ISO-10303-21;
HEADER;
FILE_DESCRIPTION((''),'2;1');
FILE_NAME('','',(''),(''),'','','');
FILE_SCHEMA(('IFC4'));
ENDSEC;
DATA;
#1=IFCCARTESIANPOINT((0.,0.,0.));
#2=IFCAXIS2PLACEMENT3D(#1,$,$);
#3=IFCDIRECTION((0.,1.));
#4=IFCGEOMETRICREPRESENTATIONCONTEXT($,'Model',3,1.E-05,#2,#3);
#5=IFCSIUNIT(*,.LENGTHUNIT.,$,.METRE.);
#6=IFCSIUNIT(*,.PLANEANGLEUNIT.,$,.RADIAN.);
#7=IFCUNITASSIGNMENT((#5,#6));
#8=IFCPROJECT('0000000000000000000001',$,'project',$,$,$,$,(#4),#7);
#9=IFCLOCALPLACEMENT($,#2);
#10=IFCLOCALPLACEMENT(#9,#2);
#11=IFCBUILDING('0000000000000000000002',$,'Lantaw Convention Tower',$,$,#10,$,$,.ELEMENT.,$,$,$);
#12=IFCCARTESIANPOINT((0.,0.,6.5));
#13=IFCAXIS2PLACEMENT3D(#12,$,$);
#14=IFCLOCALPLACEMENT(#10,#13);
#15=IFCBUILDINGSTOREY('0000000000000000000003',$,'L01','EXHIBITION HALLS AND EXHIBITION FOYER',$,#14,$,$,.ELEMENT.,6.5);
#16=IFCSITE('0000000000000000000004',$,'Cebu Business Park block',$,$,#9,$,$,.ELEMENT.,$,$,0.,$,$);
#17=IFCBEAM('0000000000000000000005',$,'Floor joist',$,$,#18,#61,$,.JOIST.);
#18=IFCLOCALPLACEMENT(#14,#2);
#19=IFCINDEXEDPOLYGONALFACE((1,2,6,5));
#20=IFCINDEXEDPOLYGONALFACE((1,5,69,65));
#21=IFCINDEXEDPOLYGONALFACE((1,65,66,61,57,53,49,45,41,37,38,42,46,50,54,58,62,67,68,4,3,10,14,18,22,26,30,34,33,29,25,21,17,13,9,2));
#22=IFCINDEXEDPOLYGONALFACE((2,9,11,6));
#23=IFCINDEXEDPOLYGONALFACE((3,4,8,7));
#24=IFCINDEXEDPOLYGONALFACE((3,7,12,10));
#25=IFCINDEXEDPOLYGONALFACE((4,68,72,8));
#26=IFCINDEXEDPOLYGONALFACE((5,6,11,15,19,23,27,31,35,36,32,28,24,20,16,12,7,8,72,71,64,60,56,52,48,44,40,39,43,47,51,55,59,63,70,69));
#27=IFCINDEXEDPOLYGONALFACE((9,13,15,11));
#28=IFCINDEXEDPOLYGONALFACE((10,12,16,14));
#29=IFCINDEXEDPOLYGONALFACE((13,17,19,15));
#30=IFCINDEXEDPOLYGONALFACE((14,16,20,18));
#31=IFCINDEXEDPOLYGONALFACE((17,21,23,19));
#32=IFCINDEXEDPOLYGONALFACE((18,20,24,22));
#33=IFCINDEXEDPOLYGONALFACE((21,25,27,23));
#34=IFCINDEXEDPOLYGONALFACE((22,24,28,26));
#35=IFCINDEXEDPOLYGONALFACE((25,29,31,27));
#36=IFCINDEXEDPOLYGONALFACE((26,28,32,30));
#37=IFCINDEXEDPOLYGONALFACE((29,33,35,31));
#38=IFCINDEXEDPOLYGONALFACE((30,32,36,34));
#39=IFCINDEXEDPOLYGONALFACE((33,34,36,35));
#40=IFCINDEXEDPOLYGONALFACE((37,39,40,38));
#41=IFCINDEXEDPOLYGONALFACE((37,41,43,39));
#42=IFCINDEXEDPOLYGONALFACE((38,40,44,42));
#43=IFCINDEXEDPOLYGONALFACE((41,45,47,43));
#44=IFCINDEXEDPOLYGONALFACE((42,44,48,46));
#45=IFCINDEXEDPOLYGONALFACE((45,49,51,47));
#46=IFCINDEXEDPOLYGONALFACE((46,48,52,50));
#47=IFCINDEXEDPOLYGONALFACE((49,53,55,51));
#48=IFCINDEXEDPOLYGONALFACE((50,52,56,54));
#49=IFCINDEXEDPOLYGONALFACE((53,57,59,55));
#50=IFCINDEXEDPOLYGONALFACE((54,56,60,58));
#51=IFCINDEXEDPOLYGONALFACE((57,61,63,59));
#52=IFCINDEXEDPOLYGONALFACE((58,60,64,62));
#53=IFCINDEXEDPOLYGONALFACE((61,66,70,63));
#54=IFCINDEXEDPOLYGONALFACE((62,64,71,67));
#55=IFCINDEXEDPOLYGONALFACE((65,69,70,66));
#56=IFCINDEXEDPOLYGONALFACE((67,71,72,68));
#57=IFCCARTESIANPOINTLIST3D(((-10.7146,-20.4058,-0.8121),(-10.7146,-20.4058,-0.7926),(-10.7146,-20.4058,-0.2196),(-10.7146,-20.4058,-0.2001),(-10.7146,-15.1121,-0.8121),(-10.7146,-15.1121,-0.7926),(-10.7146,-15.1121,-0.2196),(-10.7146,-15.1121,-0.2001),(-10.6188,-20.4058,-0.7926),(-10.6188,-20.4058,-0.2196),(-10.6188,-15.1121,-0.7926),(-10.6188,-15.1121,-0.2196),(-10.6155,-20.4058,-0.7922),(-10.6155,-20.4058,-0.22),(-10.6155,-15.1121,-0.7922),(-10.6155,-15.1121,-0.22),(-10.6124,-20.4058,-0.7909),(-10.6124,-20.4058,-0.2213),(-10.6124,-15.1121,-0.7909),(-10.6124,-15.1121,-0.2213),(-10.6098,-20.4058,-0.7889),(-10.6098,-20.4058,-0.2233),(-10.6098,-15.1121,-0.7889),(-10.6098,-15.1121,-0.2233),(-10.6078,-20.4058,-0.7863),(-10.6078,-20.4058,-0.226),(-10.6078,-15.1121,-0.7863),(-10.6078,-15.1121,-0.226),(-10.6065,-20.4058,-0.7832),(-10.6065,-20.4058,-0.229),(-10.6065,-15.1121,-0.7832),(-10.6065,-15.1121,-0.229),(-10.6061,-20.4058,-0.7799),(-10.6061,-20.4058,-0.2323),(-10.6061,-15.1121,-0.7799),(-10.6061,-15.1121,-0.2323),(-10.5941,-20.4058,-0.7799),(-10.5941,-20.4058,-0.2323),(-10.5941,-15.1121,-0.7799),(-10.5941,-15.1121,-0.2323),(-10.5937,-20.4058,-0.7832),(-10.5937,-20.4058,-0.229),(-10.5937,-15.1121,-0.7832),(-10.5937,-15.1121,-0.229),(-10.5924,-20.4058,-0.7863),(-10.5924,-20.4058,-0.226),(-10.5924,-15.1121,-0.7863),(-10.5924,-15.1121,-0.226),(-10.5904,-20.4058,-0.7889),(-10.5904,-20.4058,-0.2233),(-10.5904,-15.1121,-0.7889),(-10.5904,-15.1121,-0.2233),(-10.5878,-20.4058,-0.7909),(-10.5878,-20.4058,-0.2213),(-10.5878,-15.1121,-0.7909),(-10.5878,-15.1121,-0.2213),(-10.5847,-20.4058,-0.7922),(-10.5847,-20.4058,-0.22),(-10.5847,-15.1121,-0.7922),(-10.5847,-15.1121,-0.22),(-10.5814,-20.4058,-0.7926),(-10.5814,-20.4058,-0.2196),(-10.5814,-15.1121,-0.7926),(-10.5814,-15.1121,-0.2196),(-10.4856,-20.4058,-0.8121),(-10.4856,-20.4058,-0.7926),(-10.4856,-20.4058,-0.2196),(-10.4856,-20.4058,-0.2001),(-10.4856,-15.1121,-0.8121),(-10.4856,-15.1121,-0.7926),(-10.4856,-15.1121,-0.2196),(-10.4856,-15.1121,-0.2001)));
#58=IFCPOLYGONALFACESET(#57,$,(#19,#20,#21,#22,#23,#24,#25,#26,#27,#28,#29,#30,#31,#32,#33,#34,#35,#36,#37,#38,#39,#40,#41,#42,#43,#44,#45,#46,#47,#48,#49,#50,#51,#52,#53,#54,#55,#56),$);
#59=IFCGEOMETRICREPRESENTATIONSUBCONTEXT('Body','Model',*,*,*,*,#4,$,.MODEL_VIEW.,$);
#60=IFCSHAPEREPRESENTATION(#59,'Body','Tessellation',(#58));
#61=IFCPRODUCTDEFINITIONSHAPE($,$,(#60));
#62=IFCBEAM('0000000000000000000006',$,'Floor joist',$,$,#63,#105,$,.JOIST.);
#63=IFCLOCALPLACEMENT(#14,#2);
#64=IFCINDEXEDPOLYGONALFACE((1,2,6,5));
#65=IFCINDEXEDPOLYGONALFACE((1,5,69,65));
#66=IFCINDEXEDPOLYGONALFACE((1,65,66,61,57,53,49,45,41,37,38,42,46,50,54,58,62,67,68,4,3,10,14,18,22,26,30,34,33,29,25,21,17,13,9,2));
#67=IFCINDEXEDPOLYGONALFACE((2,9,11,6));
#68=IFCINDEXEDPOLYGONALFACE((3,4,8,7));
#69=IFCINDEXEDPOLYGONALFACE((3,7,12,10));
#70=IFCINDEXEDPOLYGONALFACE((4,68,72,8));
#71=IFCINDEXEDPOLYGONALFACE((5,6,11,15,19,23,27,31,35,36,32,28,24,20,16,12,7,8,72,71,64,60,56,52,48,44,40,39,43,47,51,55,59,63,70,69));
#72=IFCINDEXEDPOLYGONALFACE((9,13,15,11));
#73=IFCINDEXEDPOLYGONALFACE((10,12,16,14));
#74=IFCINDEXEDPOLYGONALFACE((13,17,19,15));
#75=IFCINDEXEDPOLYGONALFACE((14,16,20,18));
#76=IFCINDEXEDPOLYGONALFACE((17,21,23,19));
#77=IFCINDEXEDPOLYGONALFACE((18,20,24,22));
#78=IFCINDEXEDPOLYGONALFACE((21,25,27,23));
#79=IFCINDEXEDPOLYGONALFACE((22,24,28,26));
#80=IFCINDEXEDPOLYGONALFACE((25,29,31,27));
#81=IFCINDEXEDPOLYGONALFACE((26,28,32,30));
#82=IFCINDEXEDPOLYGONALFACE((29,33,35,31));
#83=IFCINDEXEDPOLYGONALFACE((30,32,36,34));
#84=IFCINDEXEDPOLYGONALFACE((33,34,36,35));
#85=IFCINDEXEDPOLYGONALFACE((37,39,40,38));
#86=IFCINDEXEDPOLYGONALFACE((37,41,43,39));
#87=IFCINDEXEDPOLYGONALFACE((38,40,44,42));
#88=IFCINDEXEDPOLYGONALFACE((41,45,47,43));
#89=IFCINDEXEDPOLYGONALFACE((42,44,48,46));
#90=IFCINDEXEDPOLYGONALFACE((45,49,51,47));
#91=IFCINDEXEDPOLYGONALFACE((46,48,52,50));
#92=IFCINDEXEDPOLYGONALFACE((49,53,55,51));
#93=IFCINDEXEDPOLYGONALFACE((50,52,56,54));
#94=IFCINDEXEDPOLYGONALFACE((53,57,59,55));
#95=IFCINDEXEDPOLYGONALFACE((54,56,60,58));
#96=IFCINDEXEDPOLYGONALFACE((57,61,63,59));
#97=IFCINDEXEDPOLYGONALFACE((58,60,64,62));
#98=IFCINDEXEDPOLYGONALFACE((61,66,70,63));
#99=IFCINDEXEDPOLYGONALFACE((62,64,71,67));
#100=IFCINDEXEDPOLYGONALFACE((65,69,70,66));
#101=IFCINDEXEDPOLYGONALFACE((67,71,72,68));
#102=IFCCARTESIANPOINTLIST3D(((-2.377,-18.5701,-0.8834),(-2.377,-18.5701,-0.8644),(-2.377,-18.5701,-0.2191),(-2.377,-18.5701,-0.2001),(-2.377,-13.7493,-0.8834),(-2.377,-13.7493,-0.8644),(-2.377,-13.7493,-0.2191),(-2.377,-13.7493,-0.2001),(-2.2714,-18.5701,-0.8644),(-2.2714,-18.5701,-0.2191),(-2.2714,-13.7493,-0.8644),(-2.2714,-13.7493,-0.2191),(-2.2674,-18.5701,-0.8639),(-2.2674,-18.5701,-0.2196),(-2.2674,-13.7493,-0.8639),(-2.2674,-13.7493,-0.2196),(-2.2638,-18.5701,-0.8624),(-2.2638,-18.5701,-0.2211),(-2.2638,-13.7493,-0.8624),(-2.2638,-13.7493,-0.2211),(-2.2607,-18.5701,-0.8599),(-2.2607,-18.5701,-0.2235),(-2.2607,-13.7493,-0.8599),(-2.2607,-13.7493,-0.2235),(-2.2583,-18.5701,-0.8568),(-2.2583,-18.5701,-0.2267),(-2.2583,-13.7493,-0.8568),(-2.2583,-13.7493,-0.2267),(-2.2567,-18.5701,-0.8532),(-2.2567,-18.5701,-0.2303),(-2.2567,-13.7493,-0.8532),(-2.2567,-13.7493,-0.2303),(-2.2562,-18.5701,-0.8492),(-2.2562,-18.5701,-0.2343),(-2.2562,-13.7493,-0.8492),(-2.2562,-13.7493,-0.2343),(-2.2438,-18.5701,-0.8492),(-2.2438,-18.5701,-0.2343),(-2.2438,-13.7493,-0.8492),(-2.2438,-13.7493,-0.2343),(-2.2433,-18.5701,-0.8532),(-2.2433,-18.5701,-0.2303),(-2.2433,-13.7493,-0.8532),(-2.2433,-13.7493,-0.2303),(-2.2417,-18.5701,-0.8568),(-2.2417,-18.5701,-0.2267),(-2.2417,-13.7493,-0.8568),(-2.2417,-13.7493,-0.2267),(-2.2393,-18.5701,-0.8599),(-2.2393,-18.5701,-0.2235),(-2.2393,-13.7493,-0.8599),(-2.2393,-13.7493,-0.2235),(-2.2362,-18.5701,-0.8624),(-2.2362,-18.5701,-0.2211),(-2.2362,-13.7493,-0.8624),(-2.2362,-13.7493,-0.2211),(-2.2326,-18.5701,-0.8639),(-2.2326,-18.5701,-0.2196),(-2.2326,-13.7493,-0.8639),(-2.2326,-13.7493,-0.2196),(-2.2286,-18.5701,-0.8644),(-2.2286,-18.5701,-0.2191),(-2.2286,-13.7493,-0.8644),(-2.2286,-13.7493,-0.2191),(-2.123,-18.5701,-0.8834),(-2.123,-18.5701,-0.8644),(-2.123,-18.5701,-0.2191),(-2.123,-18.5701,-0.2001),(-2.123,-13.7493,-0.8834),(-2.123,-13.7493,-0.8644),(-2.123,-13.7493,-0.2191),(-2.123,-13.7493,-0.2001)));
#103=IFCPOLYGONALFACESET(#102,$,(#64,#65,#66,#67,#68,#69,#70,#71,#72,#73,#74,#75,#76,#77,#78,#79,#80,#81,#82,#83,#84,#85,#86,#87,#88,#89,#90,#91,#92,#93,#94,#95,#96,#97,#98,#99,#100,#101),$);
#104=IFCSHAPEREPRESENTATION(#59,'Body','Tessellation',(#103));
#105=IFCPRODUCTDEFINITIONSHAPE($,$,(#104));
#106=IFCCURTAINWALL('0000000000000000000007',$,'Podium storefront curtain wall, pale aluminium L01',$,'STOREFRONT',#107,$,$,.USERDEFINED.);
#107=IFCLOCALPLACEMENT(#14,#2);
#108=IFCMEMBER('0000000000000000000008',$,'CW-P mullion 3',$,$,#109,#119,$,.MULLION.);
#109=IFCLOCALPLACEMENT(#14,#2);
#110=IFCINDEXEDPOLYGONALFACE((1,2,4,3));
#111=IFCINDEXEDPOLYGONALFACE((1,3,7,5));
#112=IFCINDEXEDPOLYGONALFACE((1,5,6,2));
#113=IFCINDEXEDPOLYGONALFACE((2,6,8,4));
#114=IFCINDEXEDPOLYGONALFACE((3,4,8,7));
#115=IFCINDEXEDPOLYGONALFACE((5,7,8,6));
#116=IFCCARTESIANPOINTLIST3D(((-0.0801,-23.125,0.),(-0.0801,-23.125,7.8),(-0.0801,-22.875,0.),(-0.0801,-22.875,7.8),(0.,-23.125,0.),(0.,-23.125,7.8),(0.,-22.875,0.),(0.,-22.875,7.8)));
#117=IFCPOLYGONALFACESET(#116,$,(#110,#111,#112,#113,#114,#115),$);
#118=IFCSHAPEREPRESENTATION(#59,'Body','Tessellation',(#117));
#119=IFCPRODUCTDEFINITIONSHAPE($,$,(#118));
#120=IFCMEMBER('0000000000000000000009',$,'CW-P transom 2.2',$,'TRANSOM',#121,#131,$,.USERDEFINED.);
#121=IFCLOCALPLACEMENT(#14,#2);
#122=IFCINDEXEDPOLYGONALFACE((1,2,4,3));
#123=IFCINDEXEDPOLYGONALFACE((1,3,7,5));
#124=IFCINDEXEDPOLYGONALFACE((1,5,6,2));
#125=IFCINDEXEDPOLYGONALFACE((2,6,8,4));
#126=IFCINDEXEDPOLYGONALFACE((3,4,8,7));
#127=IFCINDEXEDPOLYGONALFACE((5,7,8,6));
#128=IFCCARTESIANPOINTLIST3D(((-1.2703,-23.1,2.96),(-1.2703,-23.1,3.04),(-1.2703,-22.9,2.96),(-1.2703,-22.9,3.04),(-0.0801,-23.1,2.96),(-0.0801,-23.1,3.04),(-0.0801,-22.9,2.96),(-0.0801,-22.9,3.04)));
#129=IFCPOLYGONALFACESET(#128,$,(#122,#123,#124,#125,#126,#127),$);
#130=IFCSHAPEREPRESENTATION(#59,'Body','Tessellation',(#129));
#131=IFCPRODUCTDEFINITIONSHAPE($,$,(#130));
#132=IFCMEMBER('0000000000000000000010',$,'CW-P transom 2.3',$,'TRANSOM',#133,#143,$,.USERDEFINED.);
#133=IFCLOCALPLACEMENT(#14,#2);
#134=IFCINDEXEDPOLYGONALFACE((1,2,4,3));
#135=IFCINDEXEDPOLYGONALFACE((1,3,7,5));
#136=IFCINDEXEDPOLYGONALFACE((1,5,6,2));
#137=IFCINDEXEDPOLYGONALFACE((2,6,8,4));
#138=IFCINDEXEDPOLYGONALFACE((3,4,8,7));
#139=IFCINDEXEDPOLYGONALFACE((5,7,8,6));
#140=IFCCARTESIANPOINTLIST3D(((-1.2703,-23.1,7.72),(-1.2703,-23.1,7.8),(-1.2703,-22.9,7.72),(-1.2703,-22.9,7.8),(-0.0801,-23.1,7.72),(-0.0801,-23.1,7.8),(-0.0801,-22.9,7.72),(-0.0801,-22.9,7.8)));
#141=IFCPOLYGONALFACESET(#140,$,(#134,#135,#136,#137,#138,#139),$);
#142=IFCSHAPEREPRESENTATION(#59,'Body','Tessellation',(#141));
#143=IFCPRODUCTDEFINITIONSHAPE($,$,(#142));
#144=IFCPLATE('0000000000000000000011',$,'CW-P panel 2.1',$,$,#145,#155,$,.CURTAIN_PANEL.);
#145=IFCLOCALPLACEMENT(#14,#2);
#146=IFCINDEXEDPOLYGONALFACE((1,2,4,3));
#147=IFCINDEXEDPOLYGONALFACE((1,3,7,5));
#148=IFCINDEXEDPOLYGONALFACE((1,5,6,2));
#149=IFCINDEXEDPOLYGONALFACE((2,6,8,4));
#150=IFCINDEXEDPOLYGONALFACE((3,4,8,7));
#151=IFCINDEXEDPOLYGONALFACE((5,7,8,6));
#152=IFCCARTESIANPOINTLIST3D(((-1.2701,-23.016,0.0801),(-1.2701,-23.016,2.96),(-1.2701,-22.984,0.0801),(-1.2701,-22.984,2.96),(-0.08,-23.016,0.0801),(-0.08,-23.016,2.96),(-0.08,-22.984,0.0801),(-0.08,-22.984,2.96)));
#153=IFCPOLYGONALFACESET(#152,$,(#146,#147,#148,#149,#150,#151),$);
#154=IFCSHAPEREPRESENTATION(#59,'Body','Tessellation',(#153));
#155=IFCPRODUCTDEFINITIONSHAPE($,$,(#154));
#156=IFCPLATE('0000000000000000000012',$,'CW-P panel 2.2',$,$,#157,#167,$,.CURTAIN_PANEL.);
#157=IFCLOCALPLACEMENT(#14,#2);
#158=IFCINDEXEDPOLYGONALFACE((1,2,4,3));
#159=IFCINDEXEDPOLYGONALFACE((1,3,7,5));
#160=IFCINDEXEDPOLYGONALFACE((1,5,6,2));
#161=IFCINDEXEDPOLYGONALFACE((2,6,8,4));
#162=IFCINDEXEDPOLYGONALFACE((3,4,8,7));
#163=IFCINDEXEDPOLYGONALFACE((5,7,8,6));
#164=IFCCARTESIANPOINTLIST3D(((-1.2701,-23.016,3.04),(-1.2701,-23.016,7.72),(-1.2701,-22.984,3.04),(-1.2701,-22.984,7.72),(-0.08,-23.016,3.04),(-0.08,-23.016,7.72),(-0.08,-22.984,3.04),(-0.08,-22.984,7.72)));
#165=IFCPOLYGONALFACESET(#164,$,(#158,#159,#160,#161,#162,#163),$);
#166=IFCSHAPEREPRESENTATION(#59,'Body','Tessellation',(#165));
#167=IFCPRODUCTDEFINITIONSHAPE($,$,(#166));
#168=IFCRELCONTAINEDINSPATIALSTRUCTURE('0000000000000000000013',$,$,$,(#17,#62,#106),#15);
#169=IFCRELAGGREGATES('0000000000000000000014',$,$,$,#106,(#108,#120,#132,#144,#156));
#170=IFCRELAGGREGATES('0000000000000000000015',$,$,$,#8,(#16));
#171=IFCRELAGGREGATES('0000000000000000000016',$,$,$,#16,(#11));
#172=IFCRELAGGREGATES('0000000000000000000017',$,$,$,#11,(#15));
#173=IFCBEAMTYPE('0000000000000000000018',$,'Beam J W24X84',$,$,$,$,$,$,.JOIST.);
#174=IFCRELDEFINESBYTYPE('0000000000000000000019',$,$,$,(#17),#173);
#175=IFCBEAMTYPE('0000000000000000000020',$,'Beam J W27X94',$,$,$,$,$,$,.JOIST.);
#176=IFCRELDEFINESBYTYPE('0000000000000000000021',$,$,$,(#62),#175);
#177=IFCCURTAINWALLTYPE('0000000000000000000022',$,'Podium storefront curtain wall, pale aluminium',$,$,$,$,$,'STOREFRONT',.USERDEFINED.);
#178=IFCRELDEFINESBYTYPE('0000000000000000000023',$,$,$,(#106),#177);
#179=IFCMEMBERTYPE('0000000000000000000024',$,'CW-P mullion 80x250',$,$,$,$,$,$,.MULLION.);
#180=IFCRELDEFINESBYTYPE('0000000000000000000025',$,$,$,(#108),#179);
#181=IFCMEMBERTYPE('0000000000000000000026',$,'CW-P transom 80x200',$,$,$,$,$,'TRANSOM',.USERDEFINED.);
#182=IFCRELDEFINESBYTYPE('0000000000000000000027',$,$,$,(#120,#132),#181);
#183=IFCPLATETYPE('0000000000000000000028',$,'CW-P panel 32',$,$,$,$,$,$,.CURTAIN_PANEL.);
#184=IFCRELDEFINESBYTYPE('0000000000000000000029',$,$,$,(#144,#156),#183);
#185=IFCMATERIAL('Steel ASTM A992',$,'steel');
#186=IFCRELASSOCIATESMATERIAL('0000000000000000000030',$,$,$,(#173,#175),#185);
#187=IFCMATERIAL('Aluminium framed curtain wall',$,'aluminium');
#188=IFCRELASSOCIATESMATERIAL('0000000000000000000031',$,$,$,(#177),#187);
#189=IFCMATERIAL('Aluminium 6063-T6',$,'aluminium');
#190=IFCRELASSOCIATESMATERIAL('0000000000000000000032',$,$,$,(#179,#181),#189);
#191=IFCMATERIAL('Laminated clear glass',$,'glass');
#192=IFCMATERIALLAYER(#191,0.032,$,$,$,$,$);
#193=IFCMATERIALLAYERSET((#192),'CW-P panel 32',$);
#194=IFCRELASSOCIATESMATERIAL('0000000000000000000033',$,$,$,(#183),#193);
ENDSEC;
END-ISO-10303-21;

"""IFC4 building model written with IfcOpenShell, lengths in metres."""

from ifc_helpers import new_model, si_unit, direction, frame, origin, origin_2d, place, context, subcontext, project, spatial, rectangle, i_section, extrude, material, layer, layer_set, material_profile, profile_set, type_object, element, aggregate, save


model = new_model("IFC4")

# Units and contexts
model_context = context("Model", 3, precision=1e-05, world=origin(), true_north=direction((0.0, 1.0)))
body_context = subcontext(model_context, "Body", "Model", "MODEL_VIEW")
ifc_project = project(units=[si_unit("LENGTHUNIT", "METRE"), si_unit("PLANEANGLEUNIT", "RADIAN")], contexts=[model_context])

# Site, building, storey
site_placement = place(None, origin())
site = spatial("IfcSite", under=ifc_project, at=site_placement, Name="Cebu Business Park block", CompositionType="ELEMENT", RefElevation=0.0)
building_placement = place(site_placement, origin())
building = spatial("IfcBuilding", under=site, at=building_placement, Name="Lantaw Convention Tower", CompositionType="ELEMENT")
storey_placement = place(building_placement, frame((0.0, 0.0, 6.5)))
storey = spatial("IfcBuildingStorey", under=building, at=storey_placement, Name="L01", Description="EXHIBITION HALLS AND EXHIBITION FOYER", CompositionType="ELEMENT", Elevation=6.5)

# Beams
ifc_material_1 = material(Name="Steel ASTM A992", Category="steel")
ifc_material_profile_1 = material_profile(ifc_material_1, i_section(OverallWidth=0.229, OverallDepth=0.6121, WebThickness=0.012, FlangeThickness=0.0195, FilletRadius=0.0127, at=origin_2d()), Name="W24X84")
ifc_profile_set_1 = profile_set([ifc_material_profile_1], Name="Steel ASTM A992")
beam_type_1 = type_object("IfcBeamType", Name="Beam J W24X84", PredefinedType="JOIST", material=ifc_profile_set_1)
beam_1_placement = place(storey_placement, frame((-10.6001, -20.4058, -0.5061), z_axis=(0.0, 1.0, 0.0), x_axis=(-1.0, 0.0, 0.0)))
element("IfcBeam", 1, at=beam_1_placement, inside=storey, type_object=beam_type_1, Name="Floor joist", PredefinedType="JOIST", context=body_context, shape_type="SweptSolid", body=[
    extrude(i_section(OverallWidth=0.229, OverallDepth=0.6121, WebThickness=0.012, FlangeThickness=0.0195, FilletRadius=0.0127, at=origin_2d()), origin(), (0.0, 0.0, 1.0), 5.2937),
])
ifc_material_profile_2 = material_profile(ifc_material_1, i_section(OverallWidth=0.2539, OverallDepth=0.6833, WebThickness=0.0125, FlangeThickness=0.019, FilletRadius=0.0151, at=origin_2d()), Name="W27X94")
ifc_profile_set_2 = profile_set([ifc_material_profile_2], Name="Steel ASTM A992")
beam_type_2 = type_object("IfcBeamType", Name="Beam J W27X94", PredefinedType="JOIST", material=ifc_profile_set_2)
beam_2_placement = place(storey_placement, frame((-2.25, -18.5701, -0.5417), z_axis=(0.0, 1.0, 0.0), x_axis=(-1.0, 0.0, 0.0)))
element("IfcBeam", 2, at=beam_2_placement, inside=storey, type_object=beam_type_2, Name="Floor joist", PredefinedType="JOIST", context=body_context, shape_type="SweptSolid", body=[
    extrude(i_section(OverallWidth=0.2539, OverallDepth=0.6833, WebThickness=0.0125, FlangeThickness=0.019, FilletRadius=0.0151, at=origin_2d()), origin(), (0.0, 0.0, 1.0), 4.8208),
])

# Curtain wall, members, plates
ifc_material_2 = material(Name="Aluminium framed curtain wall", Category="aluminium")
curtain_wall_type = type_object("IfcCurtainWallType", Name="Podium storefront curtain wall, pale aluminium", ElementType="STOREFRONT", PredefinedType="USERDEFINED", material=ifc_material_2)
curtain_wall_placement = place(storey_placement, origin())
curtain_wall = element("IfcCurtainWall", 3, at=curtain_wall_placement, inside=storey, type_object=curtain_wall_type, Name="Podium storefront curtain wall, pale aluminium L01", ObjectType="STOREFRONT", PredefinedType="USERDEFINED")
ifc_material_3 = material(Name="Aluminium 6063-T6", Category="aluminium")
ifc_material_profile_3 = material_profile(ifc_material_3, rectangle(XDim=0.25, YDim=0.0801, at=origin_2d()), Name="CW-P mullion 80x250")
ifc_profile_set_3 = profile_set([ifc_material_profile_3], Name="Aluminium 6063-T6")
member_type_1 = type_object("IfcMemberType", Name="CW-P mullion 80x250", PredefinedType="MULLION", material=ifc_profile_set_3)
member_1_placement = place(storey_placement, frame((-0.04, -23.0, 0.0), z_axis=(0.0, 0.0, 1.0), x_axis=(0.0, 1.0, 0.0)))
member_1 = element("IfcMember", 4, at=member_1_placement, type_object=member_type_1, Name="CW-P mullion 3", PredefinedType="MULLION", context=body_context, shape_type="SweptSolid", body=[
    extrude(rectangle(XDim=0.25, YDim=0.0801, at=origin_2d()), origin(), (0.0, 0.0, 1.0), 7.8),
])
ifc_material_profile_4 = material_profile(ifc_material_3, rectangle(XDim=0.2, YDim=0.0801, at=origin_2d()), Name="CW-P transom 80x200")
ifc_profile_set_4 = profile_set([ifc_material_profile_4], Name="Aluminium 6063-T6")
member_type_2 = type_object("IfcMemberType", Name="CW-P transom 80x200", ElementType="TRANSOM", PredefinedType="USERDEFINED", material=ifc_profile_set_4)
member_2_placement = place(storey_placement, frame((-1.2703, -23.0, 3.0), z_axis=(1.0, 0.0, 0.0), x_axis=(0.0, 1.0, 0.0)))
member_2 = element("IfcMember", 5, at=member_2_placement, type_object=member_type_2, Name="CW-P transom 2.2", ObjectType="TRANSOM", PredefinedType="USERDEFINED", context=body_context, shape_type="SweptSolid", body=[
    extrude(rectangle(XDim=0.2, YDim=0.0801, at=origin_2d()), origin(), (0.0, 0.0, 1.0), 1.1902),
])
member_3_placement = place(storey_placement, frame((-1.2703, -23.0, 7.76), z_axis=(1.0, 0.0, 0.0), x_axis=(0.0, 1.0, 0.0)))
member_3 = element("IfcMember", 6, at=member_3_placement, type_object=member_type_2, Name="CW-P transom 2.3", ObjectType="TRANSOM", PredefinedType="USERDEFINED", context=body_context, shape_type="SweptSolid", body=[
    extrude(rectangle(XDim=0.2, YDim=0.0801, at=origin_2d()), origin(), (0.0, 0.0, 1.0), 1.1902),
])
ifc_material_4 = material(Name="Laminated clear glass", Category="glass")
ifc_layer = layer(ifc_material_4, 0.032)
ifc_layer_set = layer_set([ifc_layer], Name="CW-P panel 32")
plate_type = type_object("IfcPlateType", Name="CW-P panel 32", PredefinedType="CURTAIN_PANEL", material=ifc_layer_set)
plate_1_placement = place(storey_placement, frame((-0.675, -23.0, 0.0801), z_axis=(0.0, 0.0, 1.0), x_axis=(1.0, 0.0, 0.0)))
plate_1 = element("IfcPlate", 7, at=plate_1_placement, type_object=plate_type, Name="CW-P panel 2.1", PredefinedType="CURTAIN_PANEL", context=body_context, shape_type="SweptSolid", body=[
    extrude(rectangle(XDim=1.1902, YDim=0.032, at=origin_2d()), origin(), (0.0, 0.0, 1.0), 2.8799),
])
plate_2_placement = place(storey_placement, frame((-0.675, -23.0, 3.04), z_axis=(0.0, 0.0, 1.0), x_axis=(1.0, 0.0, 0.0)))
plate_2 = element("IfcPlate", 8, at=plate_2_placement, type_object=plate_type, Name="CW-P panel 2.2", PredefinedType="CURTAIN_PANEL", context=body_context, shape_type="SweptSolid", body=[
    extrude(rectangle(XDim=1.1902, YDim=0.032, at=origin_2d()), origin(), (0.0, 0.0, 1.0), 4.6799),
])
aggregate(curtain_wall, [member_1, member_2, member_3, plate_1, plate_2])

save(model, "model.ifc")
